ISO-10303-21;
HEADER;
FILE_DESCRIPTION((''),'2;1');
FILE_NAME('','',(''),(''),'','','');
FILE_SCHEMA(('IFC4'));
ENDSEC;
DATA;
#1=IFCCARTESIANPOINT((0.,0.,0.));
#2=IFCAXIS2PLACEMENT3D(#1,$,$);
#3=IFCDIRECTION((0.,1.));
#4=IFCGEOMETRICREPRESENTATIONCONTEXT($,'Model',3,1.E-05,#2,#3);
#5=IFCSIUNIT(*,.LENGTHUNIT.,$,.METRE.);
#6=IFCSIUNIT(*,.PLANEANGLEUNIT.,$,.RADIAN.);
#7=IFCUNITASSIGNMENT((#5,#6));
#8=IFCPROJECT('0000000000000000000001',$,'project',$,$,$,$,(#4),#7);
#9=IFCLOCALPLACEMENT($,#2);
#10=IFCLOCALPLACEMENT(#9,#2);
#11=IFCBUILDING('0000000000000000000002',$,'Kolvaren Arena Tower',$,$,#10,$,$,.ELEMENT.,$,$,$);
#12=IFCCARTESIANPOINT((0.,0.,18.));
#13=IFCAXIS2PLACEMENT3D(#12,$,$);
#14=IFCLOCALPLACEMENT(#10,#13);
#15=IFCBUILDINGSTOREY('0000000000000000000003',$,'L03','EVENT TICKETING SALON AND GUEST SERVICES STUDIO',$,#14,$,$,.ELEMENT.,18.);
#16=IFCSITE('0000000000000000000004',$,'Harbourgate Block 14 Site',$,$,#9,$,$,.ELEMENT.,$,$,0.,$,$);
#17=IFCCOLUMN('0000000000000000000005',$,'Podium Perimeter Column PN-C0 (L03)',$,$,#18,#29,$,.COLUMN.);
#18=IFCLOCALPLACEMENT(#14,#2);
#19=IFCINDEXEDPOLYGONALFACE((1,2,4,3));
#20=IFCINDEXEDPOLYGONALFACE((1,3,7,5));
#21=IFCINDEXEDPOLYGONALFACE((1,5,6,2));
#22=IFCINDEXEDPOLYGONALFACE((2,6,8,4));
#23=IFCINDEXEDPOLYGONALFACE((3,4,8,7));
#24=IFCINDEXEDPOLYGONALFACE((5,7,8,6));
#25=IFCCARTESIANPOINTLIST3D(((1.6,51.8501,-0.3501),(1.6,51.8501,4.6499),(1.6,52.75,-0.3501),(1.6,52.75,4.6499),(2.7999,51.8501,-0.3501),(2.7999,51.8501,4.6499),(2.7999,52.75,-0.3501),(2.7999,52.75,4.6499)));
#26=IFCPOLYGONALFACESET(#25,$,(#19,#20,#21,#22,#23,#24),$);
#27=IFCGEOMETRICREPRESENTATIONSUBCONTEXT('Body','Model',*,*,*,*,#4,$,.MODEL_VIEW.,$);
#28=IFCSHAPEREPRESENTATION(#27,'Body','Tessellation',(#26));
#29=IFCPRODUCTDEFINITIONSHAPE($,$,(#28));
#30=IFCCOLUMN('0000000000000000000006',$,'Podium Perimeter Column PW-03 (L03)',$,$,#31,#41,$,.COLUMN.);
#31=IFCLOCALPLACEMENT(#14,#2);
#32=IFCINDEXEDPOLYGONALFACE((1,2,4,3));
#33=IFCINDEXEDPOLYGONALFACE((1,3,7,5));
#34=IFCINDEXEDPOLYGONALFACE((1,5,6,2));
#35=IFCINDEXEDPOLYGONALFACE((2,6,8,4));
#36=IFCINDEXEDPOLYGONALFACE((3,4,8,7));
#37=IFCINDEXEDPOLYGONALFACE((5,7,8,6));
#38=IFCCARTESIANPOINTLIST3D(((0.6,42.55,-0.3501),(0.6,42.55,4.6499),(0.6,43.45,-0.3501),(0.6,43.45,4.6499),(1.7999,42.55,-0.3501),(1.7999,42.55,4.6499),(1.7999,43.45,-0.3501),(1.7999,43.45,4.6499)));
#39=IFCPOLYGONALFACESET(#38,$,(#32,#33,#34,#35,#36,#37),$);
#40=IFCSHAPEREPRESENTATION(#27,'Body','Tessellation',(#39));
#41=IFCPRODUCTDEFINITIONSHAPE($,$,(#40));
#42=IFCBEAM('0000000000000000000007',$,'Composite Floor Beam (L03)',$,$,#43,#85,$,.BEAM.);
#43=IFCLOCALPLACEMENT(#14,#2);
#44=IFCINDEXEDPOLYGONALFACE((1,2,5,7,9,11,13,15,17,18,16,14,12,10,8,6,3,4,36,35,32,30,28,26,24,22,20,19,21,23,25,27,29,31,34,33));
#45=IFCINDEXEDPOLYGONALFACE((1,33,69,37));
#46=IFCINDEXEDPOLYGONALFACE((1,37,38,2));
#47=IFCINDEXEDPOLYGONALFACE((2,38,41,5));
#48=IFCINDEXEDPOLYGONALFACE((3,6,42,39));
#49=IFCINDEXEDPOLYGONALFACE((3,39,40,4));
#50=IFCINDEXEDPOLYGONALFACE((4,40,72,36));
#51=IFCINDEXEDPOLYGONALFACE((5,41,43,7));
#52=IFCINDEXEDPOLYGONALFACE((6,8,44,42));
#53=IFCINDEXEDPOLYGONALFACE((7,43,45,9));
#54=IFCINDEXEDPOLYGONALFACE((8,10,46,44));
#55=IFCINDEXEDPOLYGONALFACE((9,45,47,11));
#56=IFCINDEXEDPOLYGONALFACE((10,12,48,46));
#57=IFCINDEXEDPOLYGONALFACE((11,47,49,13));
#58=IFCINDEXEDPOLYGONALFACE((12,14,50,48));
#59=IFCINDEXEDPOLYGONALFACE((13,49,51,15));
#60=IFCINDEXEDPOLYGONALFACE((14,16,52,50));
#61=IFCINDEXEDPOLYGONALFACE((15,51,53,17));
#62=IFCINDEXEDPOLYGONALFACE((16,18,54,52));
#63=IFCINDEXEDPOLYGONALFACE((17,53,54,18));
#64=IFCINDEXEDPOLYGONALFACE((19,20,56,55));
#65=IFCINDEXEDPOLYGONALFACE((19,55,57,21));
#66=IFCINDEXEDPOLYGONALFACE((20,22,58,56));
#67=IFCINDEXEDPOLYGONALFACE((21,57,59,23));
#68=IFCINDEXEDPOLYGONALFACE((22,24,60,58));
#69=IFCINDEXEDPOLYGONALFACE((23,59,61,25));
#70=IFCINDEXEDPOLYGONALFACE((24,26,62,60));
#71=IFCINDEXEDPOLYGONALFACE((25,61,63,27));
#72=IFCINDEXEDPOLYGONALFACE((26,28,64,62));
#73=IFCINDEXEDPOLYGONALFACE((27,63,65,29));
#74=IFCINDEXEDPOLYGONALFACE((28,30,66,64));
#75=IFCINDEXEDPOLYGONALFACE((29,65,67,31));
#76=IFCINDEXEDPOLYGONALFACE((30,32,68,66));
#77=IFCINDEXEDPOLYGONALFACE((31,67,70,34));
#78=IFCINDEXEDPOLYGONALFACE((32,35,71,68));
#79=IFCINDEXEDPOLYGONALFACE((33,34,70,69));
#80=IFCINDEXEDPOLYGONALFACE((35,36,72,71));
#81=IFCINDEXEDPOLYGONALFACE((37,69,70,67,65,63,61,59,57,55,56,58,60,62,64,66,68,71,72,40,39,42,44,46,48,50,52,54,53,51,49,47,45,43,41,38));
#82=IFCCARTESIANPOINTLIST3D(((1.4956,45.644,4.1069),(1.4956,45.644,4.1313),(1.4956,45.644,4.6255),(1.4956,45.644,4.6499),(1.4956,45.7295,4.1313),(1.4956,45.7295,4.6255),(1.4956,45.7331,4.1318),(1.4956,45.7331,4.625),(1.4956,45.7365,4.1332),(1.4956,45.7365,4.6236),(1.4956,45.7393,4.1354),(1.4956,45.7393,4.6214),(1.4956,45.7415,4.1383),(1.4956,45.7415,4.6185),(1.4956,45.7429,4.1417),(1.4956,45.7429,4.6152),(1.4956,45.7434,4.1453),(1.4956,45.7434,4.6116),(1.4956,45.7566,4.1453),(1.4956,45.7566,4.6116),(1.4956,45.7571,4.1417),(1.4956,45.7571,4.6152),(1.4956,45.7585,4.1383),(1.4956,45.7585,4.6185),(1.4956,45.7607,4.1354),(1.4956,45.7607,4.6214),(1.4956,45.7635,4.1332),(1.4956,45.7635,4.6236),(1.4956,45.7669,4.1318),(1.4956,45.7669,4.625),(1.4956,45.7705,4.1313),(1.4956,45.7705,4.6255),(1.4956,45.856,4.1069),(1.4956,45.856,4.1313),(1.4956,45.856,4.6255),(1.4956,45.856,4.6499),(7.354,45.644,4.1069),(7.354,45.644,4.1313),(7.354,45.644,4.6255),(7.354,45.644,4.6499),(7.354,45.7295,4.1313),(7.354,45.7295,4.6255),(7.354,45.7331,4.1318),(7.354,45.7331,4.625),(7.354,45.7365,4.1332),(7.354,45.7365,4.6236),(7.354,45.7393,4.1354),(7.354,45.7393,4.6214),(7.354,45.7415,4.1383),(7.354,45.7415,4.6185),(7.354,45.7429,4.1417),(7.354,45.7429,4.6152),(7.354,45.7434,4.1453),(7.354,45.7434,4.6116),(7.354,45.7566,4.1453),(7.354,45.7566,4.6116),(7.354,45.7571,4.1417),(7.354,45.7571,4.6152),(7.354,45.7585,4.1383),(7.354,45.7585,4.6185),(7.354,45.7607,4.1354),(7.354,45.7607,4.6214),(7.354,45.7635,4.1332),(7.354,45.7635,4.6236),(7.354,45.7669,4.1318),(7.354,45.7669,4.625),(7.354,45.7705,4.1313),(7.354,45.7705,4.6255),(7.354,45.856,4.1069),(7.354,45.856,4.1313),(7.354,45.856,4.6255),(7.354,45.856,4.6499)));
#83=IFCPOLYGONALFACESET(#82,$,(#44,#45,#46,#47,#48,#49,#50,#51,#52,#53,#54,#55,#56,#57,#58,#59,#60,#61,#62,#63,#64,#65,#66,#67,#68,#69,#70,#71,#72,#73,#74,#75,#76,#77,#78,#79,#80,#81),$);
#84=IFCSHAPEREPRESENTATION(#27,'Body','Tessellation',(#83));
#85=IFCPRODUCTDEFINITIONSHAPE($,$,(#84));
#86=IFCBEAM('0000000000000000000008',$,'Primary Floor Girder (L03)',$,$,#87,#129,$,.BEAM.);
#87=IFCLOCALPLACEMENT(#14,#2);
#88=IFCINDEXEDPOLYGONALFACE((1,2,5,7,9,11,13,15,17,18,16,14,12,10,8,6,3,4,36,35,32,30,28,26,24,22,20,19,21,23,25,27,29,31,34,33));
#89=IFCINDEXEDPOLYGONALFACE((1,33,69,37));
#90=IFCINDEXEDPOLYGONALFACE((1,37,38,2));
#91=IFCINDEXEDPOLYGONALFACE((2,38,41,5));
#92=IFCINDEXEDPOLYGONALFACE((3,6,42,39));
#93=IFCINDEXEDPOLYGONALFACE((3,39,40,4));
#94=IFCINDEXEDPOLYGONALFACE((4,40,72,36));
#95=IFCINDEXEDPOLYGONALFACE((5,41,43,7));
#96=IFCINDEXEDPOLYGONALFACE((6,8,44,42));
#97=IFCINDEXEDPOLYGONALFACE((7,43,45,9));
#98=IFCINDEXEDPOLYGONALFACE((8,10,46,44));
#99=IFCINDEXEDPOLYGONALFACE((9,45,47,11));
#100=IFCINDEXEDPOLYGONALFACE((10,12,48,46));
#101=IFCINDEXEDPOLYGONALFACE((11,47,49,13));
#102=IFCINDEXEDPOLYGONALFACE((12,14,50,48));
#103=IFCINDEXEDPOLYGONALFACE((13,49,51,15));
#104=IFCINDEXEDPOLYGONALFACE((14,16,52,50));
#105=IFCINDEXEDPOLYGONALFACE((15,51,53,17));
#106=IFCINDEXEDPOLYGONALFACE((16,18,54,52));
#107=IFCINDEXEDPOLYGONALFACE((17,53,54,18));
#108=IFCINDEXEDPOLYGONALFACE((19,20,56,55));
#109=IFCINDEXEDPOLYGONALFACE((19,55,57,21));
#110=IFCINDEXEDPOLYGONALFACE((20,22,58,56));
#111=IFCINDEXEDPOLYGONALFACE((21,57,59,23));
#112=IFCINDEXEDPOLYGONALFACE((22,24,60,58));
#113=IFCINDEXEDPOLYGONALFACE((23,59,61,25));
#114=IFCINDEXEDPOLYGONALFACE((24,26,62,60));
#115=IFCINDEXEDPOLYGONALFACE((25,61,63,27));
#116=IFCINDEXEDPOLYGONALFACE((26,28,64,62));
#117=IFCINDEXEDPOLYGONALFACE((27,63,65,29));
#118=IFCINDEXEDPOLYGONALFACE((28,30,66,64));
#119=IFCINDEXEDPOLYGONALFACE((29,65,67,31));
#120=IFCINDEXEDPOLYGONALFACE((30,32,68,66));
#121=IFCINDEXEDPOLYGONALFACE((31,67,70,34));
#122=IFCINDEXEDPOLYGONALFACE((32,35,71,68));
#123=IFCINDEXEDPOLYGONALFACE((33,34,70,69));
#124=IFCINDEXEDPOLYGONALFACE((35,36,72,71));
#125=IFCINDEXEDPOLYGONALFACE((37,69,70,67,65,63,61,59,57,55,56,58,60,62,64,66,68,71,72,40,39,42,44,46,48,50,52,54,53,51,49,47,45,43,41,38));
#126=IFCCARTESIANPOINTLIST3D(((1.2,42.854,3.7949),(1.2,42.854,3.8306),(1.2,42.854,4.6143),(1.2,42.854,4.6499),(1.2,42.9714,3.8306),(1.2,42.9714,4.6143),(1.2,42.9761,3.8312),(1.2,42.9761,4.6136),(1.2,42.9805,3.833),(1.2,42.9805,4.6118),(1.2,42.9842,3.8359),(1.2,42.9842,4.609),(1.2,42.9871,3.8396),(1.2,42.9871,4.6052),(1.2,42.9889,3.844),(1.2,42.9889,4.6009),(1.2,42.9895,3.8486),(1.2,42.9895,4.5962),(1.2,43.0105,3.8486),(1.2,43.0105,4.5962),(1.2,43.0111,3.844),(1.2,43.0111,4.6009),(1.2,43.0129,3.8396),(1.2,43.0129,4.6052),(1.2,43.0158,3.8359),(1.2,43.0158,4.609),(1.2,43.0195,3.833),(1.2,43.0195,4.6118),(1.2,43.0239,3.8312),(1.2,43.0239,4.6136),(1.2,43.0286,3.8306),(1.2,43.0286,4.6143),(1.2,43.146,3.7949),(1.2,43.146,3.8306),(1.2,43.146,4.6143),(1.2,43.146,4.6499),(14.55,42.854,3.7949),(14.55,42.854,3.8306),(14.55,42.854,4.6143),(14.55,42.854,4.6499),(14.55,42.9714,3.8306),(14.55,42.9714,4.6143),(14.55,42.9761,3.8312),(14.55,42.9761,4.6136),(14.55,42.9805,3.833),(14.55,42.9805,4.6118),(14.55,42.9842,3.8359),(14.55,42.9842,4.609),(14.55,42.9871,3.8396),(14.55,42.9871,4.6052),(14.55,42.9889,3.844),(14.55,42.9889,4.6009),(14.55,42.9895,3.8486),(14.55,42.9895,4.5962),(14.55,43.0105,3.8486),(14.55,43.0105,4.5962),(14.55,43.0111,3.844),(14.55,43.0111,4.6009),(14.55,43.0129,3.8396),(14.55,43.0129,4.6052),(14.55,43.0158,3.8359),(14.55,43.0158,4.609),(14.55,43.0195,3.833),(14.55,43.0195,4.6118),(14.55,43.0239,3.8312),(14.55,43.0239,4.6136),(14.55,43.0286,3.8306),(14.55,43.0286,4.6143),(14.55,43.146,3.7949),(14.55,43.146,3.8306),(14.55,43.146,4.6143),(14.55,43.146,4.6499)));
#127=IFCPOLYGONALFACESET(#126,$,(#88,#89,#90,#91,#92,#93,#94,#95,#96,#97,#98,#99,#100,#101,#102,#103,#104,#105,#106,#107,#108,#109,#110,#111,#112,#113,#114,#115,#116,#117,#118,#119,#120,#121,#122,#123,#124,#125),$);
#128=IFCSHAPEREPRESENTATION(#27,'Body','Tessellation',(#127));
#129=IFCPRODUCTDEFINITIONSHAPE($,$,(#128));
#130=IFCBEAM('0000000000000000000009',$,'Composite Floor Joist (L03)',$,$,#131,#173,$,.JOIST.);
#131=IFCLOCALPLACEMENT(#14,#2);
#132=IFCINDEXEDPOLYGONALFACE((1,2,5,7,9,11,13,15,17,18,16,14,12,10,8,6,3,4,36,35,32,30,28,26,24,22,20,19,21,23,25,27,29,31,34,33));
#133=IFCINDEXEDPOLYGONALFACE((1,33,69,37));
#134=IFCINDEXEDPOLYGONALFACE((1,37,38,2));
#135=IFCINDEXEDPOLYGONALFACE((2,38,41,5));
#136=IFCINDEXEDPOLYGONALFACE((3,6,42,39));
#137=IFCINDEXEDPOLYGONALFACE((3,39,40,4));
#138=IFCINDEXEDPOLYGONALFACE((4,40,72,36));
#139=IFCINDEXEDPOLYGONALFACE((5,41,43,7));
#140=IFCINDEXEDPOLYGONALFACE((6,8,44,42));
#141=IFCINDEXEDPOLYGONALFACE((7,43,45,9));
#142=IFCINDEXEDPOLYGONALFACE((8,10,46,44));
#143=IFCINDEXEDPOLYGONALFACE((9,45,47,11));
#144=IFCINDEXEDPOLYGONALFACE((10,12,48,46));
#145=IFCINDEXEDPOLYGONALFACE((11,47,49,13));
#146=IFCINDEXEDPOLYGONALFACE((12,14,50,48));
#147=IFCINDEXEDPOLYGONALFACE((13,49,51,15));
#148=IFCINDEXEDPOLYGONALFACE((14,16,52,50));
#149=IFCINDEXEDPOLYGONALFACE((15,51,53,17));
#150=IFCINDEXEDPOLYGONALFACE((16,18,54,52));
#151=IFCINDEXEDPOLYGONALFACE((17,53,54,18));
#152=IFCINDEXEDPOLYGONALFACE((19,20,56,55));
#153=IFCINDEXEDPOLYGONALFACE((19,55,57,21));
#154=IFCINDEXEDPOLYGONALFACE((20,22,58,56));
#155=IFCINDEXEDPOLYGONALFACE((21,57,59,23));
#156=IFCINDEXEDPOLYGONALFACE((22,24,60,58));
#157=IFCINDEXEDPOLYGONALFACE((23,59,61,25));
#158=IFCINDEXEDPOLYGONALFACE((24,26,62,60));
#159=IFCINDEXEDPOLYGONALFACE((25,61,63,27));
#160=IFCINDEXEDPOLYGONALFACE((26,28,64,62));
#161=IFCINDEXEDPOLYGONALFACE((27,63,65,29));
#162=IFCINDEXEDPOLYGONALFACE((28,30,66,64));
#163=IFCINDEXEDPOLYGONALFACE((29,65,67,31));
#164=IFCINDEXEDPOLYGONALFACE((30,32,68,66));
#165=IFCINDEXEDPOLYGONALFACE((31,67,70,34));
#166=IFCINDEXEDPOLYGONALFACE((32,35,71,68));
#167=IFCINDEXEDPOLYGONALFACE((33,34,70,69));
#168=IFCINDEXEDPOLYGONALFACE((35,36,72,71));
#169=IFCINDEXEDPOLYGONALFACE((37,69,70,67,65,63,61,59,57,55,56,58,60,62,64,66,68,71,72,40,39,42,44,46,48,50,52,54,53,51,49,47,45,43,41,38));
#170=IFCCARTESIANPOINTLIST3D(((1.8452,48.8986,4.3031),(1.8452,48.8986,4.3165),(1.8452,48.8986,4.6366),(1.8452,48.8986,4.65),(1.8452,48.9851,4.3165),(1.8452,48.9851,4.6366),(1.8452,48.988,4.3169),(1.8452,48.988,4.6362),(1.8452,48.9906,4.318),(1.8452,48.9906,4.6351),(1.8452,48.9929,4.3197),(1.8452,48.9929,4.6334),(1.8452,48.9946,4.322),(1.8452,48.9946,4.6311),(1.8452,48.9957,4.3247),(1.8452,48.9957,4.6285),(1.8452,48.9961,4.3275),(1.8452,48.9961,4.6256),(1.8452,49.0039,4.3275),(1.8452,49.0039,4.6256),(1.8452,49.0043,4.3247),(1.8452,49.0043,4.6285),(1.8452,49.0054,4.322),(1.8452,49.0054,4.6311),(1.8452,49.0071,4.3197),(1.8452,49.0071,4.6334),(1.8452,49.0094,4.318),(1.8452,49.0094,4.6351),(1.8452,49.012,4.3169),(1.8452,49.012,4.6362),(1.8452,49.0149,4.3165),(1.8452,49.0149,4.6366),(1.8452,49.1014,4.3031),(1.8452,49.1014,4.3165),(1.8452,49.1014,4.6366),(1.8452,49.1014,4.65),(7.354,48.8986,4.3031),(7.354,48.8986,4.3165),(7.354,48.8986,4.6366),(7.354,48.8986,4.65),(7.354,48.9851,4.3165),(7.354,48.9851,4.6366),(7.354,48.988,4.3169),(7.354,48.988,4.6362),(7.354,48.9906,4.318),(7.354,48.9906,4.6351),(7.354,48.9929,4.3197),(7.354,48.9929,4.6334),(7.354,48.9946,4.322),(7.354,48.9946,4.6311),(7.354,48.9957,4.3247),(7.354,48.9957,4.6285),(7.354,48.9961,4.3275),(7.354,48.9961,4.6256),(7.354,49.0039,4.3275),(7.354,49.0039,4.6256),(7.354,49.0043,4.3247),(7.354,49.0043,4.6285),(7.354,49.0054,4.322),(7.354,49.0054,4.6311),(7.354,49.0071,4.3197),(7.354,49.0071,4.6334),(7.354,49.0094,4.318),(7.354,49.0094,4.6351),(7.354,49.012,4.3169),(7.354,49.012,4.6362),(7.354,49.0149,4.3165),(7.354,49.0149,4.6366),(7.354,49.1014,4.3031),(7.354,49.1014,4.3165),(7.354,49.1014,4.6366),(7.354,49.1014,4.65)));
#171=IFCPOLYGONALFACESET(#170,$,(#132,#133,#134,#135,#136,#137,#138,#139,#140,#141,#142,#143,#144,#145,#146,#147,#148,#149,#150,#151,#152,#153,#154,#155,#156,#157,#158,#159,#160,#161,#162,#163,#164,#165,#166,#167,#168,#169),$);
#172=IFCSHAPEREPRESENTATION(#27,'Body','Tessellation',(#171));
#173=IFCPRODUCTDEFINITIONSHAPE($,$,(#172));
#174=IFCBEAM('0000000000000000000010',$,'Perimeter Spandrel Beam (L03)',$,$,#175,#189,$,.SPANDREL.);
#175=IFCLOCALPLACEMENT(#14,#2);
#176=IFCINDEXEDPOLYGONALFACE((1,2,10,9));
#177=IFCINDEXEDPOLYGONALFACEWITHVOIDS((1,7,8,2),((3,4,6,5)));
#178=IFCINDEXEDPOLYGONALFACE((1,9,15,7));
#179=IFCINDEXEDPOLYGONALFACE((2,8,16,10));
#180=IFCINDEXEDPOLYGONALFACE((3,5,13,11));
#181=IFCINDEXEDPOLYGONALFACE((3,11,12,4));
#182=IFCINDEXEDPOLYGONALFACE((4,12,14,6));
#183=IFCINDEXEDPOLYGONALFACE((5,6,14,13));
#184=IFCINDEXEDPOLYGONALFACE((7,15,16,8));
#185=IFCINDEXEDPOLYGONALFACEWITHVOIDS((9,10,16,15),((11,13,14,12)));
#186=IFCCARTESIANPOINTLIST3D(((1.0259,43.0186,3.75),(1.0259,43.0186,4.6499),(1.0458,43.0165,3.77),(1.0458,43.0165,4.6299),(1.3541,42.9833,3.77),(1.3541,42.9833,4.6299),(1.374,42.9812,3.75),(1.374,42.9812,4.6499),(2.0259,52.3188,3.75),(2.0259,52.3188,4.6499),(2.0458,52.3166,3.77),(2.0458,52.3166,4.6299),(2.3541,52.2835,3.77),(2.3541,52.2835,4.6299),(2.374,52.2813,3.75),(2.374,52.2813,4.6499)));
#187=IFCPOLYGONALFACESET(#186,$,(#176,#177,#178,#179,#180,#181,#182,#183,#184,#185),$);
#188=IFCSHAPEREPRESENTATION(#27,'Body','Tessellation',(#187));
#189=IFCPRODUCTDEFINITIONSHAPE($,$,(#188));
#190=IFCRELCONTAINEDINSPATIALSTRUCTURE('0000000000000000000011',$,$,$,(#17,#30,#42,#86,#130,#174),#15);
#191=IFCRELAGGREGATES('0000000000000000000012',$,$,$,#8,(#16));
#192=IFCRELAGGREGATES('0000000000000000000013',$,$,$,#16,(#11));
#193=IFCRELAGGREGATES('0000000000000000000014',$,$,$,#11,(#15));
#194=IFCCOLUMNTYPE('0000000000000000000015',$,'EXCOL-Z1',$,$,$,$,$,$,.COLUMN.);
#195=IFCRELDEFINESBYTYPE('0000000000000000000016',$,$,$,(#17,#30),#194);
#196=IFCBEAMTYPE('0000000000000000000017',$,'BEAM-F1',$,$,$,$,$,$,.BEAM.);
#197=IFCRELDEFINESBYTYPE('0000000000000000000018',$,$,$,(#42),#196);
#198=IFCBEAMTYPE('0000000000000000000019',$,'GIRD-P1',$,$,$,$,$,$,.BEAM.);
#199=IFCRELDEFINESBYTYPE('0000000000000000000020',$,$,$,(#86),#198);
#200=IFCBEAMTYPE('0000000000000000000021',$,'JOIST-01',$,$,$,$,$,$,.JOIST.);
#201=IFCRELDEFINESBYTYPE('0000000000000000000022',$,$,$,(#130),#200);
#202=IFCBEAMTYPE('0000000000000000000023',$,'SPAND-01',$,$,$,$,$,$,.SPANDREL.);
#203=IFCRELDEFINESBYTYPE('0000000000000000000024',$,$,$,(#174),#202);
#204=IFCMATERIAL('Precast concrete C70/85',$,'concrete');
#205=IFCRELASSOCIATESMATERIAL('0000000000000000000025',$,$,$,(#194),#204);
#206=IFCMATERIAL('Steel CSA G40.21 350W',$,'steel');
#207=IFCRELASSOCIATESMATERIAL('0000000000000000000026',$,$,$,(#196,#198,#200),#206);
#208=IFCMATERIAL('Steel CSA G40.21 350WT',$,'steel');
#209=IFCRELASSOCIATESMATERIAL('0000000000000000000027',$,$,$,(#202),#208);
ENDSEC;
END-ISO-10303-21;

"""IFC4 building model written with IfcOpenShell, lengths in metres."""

from ifc_helpers import new_model, si_unit, direction, frame, origin, origin_2d, place, context, subcontext, project, spatial, rectangle, hollow_rectangle, i_section, extrude, material, material_profile, profile_set, type_object, element, save


model = new_model("IFC4")

# Units and contexts
model_context = context("Model", 3, precision=1e-05, world=origin(), true_north=direction((0.0, 1.0)))
body_context = subcontext(model_context, "Body", "Model", "MODEL_VIEW")
ifc_project = project(units=[si_unit("LENGTHUNIT", "METRE"), si_unit("PLANEANGLEUNIT", "RADIAN")], contexts=[model_context])

# Site, building, storey
site_placement = place(None, origin())
site = spatial("IfcSite", under=ifc_project, at=site_placement, Name="Harbourgate Block 14 Site", CompositionType="ELEMENT", RefElevation=0.0)
building_placement = place(site_placement, origin())
building = spatial("IfcBuilding", under=site, at=building_placement, Name="Kolvaren Arena Tower", CompositionType="ELEMENT")
storey_placement = place(building_placement, frame((0.0, 0.0, 18.0)))
storey = spatial("IfcBuildingStorey", under=building, at=storey_placement, Name="L03", Description="EVENT TICKETING SALON AND GUEST SERVICES STUDIO", CompositionType="ELEMENT", Elevation=18.0)

# Columns
ifc_material_1 = material(Name="Precast concrete C70/85", Category="concrete")
ifc_material_profile_1 = material_profile(ifc_material_1, rectangle(XDim=1.2, YDim=0.8999, at=origin_2d()), Name="RC-1200x900")
ifc_profile_set_1 = profile_set([ifc_material_profile_1], Name="Precast concrete C70/85")
column_type = type_object("IfcColumnType", Name="EXCOL-Z1", PredefinedType="COLUMN", material=ifc_profile_set_1)
for number, where, z_axis, x_axis, name in (
    (1, (2.2, 52.3, -0.3501), (0.0, 0.0, 1.0), (1.0, 0.0, 0.0), "Podium Perimeter Column PN-C0 (L03)"),
    (2, (1.2, 43.0, -0.3501), (0.0, 0.0, 1.0), (1.0, 0.0, 0.0), "Podium Perimeter Column PW-03 (L03)"),
):
    element("IfcColumn", number, at=place(storey_placement, frame(where, z_axis=z_axis, x_axis=x_axis)), inside=storey, type_object=column_type, Name=name, PredefinedType="COLUMN", context=body_context, shape_type="SweptSolid", body=[
        extrude(rectangle(XDim=1.2, YDim=0.8999, at=origin_2d()), origin(), (0.0, 0.0, 1.0), 5.0),
    ])

# Beams
ifc_material_2 = material(Name="Steel CSA G40.21 350W", Category="steel")
ifc_material_profile_2 = material_profile(ifc_material_2, i_section(OverallWidth=0.2119, OverallDepth=0.543, WebThickness=0.0132, FlangeThickness=0.0244, FilletRadius=0.0139, at=origin_2d()), Name="W530x150")
ifc_profile_set_2 = profile_set([ifc_material_profile_2], Name="Steel CSA G40.21 350W")
beam_type_1 = type_object("IfcBeamType", Name="BEAM-F1", PredefinedType="BEAM", material=ifc_profile_set_2)
beam_1_placement = place(storey_placement, frame((1.4956, 45.75, 4.3784), z_axis=(1.0, 0.0, 0.0), x_axis=(0.0, 1.0, 0.0)))
element("IfcBeam", 3, at=beam_1_placement, inside=storey, type_object=beam_type_1, Name="Composite Floor Beam (L03)", PredefinedType="BEAM", context=body_context, shape_type="SweptSolid", body=[
    extrude(i_section(OverallWidth=0.2119, OverallDepth=0.543, WebThickness=0.0132, FlangeThickness=0.0244, FilletRadius=0.0139, at=origin_2d()), origin(), (0.0, 0.0, 1.0), 5.8584),
])
ifc_material_profile_3 = material_profile(ifc_material_2, i_section(OverallWidth=0.292, OverallDepth=0.855, WebThickness=0.021, FlangeThickness=0.0356, FilletRadius=0.0181, at=origin_2d()), Name="W840x299")
ifc_profile_set_3 = profile_set([ifc_material_profile_3], Name="Steel CSA G40.21 350W")
beam_type_2 = type_object("IfcBeamType", Name="GIRD-P1", PredefinedType="BEAM", material=ifc_profile_set_3)
beam_2_placement = place(storey_placement, frame((1.2, 43.0, 4.2224), z_axis=(1.0, 0.0, 0.0), x_axis=(0.0, 1.0, 0.0)))
element("IfcBeam", 4, at=beam_2_placement, inside=storey, type_object=beam_type_2, Name="Primary Floor Girder (L03)", PredefinedType="BEAM", context=body_context, shape_type="SweptSolid", body=[
    extrude(i_section(OverallWidth=0.292, OverallDepth=0.855, WebThickness=0.021, FlangeThickness=0.0356, FilletRadius=0.0181, at=origin_2d()), origin(), (0.0, 0.0, 1.0), 13.3501),
])
ifc_material_profile_4 = material_profile(ifc_material_2, i_section(OverallWidth=0.2029, OverallDepth=0.3469, WebThickness=0.0078, FlangeThickness=0.0134, FilletRadius=0.011, at=origin_2d()), Name="W360x64")
ifc_profile_set_4 = profile_set([ifc_material_profile_4], Name="Steel CSA G40.21 350W")
beam_type_3 = type_object("IfcBeamType", Name="JOIST-01", PredefinedType="JOIST", material=ifc_profile_set_4)
beam_3_placement = place(storey_placement, frame((1.8452, 49.0, 4.4766), z_axis=(1.0, 0.0, 0.0), x_axis=(0.0, 1.0, 0.0)))
element("IfcBeam", 5, at=beam_3_placement, inside=storey, type_object=beam_type_3, Name="Composite Floor Joist (L03)", PredefinedType="JOIST", context=body_context, shape_type="SweptSolid", body=[
    extrude(i_section(OverallWidth=0.2029, OverallDepth=0.3469, WebThickness=0.0078, FlangeThickness=0.0134, FilletRadius=0.011, at=origin_2d()), origin(), (0.0, 0.0, 1.0), 5.5088),
])
ifc_material_3 = material(Name="Steel CSA G40.21 350WT", Category="steel")
ifc_material_profile_5 = material_profile(ifc_material_3, hollow_rectangle(XDim=0.3501, YDim=0.8999, WallThickness=0.02, at=origin_2d()), Name="HSS 900x350x20")
ifc_profile_set_5 = profile_set([ifc_material_profile_5], Name="Steel CSA G40.21 350WT")
beam_type_4 = type_object("IfcBeamType", Name="SPAND-01", PredefinedType="SPANDREL", material=ifc_profile_set_5)
beam_4_placement = place(storey_placement, frame((2.2, 52.3, 4.2), z_axis=(-0.10691, -0.994269, 0.0), x_axis=(0.994269, -0.10691, 0.0)))
element("IfcBeam", 6, at=beam_4_placement, inside=storey, type_object=beam_type_4, Name="Perimeter Spandrel Beam (L03)", PredefinedType="SPANDREL", context=body_context, shape_type="SweptSolid", body=[
    extrude(hollow_rectangle(XDim=0.3501, YDim=0.8999, WallThickness=0.02, at=origin_2d()), origin(), (0.0, 0.0, 1.0), 9.3538),
])

save(model, "model.ifc")
